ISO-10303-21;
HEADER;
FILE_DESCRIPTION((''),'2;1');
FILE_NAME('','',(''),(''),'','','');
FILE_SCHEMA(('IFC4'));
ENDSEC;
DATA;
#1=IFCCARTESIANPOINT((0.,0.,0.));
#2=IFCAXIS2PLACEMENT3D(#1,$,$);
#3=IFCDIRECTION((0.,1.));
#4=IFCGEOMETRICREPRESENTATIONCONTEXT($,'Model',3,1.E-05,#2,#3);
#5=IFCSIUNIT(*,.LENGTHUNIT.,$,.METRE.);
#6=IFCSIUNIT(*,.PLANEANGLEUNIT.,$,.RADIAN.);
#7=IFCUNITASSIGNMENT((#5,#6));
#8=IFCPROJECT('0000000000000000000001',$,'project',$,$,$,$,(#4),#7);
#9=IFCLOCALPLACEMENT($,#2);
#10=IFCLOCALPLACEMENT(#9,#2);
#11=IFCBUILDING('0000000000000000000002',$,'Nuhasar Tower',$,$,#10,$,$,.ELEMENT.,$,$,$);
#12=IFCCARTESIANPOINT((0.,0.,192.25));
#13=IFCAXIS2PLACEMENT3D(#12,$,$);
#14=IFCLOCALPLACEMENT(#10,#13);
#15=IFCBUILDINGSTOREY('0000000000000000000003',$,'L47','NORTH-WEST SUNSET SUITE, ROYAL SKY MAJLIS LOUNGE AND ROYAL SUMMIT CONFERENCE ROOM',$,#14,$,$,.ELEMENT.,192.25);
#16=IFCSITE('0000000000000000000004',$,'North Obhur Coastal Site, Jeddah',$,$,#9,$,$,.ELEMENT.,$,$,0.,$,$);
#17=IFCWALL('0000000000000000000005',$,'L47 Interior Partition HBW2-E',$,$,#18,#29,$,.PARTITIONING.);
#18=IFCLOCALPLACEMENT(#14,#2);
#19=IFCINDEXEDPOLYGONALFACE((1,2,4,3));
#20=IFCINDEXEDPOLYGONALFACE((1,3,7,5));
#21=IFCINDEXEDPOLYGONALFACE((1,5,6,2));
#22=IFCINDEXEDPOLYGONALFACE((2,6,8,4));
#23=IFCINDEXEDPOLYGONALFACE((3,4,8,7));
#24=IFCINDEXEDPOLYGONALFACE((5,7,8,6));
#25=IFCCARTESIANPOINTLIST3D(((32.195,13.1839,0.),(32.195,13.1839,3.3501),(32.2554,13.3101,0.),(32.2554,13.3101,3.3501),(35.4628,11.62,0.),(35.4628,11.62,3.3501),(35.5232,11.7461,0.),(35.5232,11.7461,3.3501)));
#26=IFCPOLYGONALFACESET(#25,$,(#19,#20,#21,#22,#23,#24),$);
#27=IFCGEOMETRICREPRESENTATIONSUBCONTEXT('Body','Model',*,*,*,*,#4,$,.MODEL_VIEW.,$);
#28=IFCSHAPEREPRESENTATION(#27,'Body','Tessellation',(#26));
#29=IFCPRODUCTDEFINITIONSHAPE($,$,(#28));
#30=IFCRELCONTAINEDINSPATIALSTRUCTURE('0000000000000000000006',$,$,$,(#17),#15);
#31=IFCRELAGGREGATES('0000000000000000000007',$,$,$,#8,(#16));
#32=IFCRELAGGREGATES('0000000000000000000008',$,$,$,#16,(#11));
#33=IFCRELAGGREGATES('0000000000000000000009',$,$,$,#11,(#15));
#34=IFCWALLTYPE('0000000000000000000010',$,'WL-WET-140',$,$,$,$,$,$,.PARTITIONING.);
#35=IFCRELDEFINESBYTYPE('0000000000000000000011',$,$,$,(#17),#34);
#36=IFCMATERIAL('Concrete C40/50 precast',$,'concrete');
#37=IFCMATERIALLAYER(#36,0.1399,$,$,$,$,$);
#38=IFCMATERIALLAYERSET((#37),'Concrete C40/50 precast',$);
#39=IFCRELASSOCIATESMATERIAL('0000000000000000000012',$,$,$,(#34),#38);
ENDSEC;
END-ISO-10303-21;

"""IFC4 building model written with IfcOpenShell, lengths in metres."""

from ifc_helpers import new_model, si_unit, direction, frame, frame_2d, origin, place, context, subcontext, project, spatial, rectangle, extrude, material, layer, layer_set, type_object, element, save


model = new_model("IFC4")

# Units and contexts
model_context = context("Model", 3, precision=1e-05, world=origin(), true_north=direction((0.0, 1.0)))
body_context = subcontext(model_context, "Body", "Model", "MODEL_VIEW")
ifc_project = project(units=[si_unit("LENGTHUNIT", "METRE"), si_unit("PLANEANGLEUNIT", "RADIAN")], contexts=[model_context])

# Site, building, storey
site_placement = place(None, origin())
site = spatial("IfcSite", under=ifc_project, at=site_placement, Name="North Obhur Coastal Site, Jeddah", CompositionType="ELEMENT", RefElevation=0.0)
building_placement = place(site_placement, origin())
building = spatial("IfcBuilding", under=site, at=building_placement, Name="Nuhasar Tower", CompositionType="ELEMENT")
storey_placement = place(building_placement, frame((0.0, 0.0, 192.25)))
storey = spatial("IfcBuildingStorey", under=building, at=storey_placement, Name="L47", Description="NORTH-WEST SUNSET SUITE, ROYAL SKY MAJLIS LOUNGE AND ROYAL SUMMIT CONFERENCE ROOM", CompositionType="ELEMENT", Elevation=192.25)

# Shared definitions
ifc_material_1 = material(Name="Concrete C40/50 precast", Category="concrete")
ifc_layer_1 = layer(ifc_material_1, 0.1399)
ifc_layer_set_1 = layer_set([ifc_layer_1], Name="Concrete C40/50 precast")
wall_type_1 = type_object("IfcWallType", Name="WL-WET-140", PredefinedType="PARTITIONING", material=ifc_layer_set_1)

# Wall
wall_1_placement = place(storey_placement, frame((32.2251, 13.2471, 0.0), z_axis=(0.0, 0.0, 1.0), x_axis=(0.902017, -0.431701, 0.0)))
element("IfcWall", 1, at=wall_1_placement, inside=storey, type_object=wall_type_1, Name="L47 Interior Partition HBW2-E", PredefinedType="PARTITIONING", context=body_context, shape_type="SweptSolid", body=[
    extrude(rectangle(XDim=3.6228, YDim=0.1399, at=frame_2d((1.8115, 0.0))), origin(), (0.0, 0.0, 1.0), 3.3501),
])

save(model, "model.ifc")
